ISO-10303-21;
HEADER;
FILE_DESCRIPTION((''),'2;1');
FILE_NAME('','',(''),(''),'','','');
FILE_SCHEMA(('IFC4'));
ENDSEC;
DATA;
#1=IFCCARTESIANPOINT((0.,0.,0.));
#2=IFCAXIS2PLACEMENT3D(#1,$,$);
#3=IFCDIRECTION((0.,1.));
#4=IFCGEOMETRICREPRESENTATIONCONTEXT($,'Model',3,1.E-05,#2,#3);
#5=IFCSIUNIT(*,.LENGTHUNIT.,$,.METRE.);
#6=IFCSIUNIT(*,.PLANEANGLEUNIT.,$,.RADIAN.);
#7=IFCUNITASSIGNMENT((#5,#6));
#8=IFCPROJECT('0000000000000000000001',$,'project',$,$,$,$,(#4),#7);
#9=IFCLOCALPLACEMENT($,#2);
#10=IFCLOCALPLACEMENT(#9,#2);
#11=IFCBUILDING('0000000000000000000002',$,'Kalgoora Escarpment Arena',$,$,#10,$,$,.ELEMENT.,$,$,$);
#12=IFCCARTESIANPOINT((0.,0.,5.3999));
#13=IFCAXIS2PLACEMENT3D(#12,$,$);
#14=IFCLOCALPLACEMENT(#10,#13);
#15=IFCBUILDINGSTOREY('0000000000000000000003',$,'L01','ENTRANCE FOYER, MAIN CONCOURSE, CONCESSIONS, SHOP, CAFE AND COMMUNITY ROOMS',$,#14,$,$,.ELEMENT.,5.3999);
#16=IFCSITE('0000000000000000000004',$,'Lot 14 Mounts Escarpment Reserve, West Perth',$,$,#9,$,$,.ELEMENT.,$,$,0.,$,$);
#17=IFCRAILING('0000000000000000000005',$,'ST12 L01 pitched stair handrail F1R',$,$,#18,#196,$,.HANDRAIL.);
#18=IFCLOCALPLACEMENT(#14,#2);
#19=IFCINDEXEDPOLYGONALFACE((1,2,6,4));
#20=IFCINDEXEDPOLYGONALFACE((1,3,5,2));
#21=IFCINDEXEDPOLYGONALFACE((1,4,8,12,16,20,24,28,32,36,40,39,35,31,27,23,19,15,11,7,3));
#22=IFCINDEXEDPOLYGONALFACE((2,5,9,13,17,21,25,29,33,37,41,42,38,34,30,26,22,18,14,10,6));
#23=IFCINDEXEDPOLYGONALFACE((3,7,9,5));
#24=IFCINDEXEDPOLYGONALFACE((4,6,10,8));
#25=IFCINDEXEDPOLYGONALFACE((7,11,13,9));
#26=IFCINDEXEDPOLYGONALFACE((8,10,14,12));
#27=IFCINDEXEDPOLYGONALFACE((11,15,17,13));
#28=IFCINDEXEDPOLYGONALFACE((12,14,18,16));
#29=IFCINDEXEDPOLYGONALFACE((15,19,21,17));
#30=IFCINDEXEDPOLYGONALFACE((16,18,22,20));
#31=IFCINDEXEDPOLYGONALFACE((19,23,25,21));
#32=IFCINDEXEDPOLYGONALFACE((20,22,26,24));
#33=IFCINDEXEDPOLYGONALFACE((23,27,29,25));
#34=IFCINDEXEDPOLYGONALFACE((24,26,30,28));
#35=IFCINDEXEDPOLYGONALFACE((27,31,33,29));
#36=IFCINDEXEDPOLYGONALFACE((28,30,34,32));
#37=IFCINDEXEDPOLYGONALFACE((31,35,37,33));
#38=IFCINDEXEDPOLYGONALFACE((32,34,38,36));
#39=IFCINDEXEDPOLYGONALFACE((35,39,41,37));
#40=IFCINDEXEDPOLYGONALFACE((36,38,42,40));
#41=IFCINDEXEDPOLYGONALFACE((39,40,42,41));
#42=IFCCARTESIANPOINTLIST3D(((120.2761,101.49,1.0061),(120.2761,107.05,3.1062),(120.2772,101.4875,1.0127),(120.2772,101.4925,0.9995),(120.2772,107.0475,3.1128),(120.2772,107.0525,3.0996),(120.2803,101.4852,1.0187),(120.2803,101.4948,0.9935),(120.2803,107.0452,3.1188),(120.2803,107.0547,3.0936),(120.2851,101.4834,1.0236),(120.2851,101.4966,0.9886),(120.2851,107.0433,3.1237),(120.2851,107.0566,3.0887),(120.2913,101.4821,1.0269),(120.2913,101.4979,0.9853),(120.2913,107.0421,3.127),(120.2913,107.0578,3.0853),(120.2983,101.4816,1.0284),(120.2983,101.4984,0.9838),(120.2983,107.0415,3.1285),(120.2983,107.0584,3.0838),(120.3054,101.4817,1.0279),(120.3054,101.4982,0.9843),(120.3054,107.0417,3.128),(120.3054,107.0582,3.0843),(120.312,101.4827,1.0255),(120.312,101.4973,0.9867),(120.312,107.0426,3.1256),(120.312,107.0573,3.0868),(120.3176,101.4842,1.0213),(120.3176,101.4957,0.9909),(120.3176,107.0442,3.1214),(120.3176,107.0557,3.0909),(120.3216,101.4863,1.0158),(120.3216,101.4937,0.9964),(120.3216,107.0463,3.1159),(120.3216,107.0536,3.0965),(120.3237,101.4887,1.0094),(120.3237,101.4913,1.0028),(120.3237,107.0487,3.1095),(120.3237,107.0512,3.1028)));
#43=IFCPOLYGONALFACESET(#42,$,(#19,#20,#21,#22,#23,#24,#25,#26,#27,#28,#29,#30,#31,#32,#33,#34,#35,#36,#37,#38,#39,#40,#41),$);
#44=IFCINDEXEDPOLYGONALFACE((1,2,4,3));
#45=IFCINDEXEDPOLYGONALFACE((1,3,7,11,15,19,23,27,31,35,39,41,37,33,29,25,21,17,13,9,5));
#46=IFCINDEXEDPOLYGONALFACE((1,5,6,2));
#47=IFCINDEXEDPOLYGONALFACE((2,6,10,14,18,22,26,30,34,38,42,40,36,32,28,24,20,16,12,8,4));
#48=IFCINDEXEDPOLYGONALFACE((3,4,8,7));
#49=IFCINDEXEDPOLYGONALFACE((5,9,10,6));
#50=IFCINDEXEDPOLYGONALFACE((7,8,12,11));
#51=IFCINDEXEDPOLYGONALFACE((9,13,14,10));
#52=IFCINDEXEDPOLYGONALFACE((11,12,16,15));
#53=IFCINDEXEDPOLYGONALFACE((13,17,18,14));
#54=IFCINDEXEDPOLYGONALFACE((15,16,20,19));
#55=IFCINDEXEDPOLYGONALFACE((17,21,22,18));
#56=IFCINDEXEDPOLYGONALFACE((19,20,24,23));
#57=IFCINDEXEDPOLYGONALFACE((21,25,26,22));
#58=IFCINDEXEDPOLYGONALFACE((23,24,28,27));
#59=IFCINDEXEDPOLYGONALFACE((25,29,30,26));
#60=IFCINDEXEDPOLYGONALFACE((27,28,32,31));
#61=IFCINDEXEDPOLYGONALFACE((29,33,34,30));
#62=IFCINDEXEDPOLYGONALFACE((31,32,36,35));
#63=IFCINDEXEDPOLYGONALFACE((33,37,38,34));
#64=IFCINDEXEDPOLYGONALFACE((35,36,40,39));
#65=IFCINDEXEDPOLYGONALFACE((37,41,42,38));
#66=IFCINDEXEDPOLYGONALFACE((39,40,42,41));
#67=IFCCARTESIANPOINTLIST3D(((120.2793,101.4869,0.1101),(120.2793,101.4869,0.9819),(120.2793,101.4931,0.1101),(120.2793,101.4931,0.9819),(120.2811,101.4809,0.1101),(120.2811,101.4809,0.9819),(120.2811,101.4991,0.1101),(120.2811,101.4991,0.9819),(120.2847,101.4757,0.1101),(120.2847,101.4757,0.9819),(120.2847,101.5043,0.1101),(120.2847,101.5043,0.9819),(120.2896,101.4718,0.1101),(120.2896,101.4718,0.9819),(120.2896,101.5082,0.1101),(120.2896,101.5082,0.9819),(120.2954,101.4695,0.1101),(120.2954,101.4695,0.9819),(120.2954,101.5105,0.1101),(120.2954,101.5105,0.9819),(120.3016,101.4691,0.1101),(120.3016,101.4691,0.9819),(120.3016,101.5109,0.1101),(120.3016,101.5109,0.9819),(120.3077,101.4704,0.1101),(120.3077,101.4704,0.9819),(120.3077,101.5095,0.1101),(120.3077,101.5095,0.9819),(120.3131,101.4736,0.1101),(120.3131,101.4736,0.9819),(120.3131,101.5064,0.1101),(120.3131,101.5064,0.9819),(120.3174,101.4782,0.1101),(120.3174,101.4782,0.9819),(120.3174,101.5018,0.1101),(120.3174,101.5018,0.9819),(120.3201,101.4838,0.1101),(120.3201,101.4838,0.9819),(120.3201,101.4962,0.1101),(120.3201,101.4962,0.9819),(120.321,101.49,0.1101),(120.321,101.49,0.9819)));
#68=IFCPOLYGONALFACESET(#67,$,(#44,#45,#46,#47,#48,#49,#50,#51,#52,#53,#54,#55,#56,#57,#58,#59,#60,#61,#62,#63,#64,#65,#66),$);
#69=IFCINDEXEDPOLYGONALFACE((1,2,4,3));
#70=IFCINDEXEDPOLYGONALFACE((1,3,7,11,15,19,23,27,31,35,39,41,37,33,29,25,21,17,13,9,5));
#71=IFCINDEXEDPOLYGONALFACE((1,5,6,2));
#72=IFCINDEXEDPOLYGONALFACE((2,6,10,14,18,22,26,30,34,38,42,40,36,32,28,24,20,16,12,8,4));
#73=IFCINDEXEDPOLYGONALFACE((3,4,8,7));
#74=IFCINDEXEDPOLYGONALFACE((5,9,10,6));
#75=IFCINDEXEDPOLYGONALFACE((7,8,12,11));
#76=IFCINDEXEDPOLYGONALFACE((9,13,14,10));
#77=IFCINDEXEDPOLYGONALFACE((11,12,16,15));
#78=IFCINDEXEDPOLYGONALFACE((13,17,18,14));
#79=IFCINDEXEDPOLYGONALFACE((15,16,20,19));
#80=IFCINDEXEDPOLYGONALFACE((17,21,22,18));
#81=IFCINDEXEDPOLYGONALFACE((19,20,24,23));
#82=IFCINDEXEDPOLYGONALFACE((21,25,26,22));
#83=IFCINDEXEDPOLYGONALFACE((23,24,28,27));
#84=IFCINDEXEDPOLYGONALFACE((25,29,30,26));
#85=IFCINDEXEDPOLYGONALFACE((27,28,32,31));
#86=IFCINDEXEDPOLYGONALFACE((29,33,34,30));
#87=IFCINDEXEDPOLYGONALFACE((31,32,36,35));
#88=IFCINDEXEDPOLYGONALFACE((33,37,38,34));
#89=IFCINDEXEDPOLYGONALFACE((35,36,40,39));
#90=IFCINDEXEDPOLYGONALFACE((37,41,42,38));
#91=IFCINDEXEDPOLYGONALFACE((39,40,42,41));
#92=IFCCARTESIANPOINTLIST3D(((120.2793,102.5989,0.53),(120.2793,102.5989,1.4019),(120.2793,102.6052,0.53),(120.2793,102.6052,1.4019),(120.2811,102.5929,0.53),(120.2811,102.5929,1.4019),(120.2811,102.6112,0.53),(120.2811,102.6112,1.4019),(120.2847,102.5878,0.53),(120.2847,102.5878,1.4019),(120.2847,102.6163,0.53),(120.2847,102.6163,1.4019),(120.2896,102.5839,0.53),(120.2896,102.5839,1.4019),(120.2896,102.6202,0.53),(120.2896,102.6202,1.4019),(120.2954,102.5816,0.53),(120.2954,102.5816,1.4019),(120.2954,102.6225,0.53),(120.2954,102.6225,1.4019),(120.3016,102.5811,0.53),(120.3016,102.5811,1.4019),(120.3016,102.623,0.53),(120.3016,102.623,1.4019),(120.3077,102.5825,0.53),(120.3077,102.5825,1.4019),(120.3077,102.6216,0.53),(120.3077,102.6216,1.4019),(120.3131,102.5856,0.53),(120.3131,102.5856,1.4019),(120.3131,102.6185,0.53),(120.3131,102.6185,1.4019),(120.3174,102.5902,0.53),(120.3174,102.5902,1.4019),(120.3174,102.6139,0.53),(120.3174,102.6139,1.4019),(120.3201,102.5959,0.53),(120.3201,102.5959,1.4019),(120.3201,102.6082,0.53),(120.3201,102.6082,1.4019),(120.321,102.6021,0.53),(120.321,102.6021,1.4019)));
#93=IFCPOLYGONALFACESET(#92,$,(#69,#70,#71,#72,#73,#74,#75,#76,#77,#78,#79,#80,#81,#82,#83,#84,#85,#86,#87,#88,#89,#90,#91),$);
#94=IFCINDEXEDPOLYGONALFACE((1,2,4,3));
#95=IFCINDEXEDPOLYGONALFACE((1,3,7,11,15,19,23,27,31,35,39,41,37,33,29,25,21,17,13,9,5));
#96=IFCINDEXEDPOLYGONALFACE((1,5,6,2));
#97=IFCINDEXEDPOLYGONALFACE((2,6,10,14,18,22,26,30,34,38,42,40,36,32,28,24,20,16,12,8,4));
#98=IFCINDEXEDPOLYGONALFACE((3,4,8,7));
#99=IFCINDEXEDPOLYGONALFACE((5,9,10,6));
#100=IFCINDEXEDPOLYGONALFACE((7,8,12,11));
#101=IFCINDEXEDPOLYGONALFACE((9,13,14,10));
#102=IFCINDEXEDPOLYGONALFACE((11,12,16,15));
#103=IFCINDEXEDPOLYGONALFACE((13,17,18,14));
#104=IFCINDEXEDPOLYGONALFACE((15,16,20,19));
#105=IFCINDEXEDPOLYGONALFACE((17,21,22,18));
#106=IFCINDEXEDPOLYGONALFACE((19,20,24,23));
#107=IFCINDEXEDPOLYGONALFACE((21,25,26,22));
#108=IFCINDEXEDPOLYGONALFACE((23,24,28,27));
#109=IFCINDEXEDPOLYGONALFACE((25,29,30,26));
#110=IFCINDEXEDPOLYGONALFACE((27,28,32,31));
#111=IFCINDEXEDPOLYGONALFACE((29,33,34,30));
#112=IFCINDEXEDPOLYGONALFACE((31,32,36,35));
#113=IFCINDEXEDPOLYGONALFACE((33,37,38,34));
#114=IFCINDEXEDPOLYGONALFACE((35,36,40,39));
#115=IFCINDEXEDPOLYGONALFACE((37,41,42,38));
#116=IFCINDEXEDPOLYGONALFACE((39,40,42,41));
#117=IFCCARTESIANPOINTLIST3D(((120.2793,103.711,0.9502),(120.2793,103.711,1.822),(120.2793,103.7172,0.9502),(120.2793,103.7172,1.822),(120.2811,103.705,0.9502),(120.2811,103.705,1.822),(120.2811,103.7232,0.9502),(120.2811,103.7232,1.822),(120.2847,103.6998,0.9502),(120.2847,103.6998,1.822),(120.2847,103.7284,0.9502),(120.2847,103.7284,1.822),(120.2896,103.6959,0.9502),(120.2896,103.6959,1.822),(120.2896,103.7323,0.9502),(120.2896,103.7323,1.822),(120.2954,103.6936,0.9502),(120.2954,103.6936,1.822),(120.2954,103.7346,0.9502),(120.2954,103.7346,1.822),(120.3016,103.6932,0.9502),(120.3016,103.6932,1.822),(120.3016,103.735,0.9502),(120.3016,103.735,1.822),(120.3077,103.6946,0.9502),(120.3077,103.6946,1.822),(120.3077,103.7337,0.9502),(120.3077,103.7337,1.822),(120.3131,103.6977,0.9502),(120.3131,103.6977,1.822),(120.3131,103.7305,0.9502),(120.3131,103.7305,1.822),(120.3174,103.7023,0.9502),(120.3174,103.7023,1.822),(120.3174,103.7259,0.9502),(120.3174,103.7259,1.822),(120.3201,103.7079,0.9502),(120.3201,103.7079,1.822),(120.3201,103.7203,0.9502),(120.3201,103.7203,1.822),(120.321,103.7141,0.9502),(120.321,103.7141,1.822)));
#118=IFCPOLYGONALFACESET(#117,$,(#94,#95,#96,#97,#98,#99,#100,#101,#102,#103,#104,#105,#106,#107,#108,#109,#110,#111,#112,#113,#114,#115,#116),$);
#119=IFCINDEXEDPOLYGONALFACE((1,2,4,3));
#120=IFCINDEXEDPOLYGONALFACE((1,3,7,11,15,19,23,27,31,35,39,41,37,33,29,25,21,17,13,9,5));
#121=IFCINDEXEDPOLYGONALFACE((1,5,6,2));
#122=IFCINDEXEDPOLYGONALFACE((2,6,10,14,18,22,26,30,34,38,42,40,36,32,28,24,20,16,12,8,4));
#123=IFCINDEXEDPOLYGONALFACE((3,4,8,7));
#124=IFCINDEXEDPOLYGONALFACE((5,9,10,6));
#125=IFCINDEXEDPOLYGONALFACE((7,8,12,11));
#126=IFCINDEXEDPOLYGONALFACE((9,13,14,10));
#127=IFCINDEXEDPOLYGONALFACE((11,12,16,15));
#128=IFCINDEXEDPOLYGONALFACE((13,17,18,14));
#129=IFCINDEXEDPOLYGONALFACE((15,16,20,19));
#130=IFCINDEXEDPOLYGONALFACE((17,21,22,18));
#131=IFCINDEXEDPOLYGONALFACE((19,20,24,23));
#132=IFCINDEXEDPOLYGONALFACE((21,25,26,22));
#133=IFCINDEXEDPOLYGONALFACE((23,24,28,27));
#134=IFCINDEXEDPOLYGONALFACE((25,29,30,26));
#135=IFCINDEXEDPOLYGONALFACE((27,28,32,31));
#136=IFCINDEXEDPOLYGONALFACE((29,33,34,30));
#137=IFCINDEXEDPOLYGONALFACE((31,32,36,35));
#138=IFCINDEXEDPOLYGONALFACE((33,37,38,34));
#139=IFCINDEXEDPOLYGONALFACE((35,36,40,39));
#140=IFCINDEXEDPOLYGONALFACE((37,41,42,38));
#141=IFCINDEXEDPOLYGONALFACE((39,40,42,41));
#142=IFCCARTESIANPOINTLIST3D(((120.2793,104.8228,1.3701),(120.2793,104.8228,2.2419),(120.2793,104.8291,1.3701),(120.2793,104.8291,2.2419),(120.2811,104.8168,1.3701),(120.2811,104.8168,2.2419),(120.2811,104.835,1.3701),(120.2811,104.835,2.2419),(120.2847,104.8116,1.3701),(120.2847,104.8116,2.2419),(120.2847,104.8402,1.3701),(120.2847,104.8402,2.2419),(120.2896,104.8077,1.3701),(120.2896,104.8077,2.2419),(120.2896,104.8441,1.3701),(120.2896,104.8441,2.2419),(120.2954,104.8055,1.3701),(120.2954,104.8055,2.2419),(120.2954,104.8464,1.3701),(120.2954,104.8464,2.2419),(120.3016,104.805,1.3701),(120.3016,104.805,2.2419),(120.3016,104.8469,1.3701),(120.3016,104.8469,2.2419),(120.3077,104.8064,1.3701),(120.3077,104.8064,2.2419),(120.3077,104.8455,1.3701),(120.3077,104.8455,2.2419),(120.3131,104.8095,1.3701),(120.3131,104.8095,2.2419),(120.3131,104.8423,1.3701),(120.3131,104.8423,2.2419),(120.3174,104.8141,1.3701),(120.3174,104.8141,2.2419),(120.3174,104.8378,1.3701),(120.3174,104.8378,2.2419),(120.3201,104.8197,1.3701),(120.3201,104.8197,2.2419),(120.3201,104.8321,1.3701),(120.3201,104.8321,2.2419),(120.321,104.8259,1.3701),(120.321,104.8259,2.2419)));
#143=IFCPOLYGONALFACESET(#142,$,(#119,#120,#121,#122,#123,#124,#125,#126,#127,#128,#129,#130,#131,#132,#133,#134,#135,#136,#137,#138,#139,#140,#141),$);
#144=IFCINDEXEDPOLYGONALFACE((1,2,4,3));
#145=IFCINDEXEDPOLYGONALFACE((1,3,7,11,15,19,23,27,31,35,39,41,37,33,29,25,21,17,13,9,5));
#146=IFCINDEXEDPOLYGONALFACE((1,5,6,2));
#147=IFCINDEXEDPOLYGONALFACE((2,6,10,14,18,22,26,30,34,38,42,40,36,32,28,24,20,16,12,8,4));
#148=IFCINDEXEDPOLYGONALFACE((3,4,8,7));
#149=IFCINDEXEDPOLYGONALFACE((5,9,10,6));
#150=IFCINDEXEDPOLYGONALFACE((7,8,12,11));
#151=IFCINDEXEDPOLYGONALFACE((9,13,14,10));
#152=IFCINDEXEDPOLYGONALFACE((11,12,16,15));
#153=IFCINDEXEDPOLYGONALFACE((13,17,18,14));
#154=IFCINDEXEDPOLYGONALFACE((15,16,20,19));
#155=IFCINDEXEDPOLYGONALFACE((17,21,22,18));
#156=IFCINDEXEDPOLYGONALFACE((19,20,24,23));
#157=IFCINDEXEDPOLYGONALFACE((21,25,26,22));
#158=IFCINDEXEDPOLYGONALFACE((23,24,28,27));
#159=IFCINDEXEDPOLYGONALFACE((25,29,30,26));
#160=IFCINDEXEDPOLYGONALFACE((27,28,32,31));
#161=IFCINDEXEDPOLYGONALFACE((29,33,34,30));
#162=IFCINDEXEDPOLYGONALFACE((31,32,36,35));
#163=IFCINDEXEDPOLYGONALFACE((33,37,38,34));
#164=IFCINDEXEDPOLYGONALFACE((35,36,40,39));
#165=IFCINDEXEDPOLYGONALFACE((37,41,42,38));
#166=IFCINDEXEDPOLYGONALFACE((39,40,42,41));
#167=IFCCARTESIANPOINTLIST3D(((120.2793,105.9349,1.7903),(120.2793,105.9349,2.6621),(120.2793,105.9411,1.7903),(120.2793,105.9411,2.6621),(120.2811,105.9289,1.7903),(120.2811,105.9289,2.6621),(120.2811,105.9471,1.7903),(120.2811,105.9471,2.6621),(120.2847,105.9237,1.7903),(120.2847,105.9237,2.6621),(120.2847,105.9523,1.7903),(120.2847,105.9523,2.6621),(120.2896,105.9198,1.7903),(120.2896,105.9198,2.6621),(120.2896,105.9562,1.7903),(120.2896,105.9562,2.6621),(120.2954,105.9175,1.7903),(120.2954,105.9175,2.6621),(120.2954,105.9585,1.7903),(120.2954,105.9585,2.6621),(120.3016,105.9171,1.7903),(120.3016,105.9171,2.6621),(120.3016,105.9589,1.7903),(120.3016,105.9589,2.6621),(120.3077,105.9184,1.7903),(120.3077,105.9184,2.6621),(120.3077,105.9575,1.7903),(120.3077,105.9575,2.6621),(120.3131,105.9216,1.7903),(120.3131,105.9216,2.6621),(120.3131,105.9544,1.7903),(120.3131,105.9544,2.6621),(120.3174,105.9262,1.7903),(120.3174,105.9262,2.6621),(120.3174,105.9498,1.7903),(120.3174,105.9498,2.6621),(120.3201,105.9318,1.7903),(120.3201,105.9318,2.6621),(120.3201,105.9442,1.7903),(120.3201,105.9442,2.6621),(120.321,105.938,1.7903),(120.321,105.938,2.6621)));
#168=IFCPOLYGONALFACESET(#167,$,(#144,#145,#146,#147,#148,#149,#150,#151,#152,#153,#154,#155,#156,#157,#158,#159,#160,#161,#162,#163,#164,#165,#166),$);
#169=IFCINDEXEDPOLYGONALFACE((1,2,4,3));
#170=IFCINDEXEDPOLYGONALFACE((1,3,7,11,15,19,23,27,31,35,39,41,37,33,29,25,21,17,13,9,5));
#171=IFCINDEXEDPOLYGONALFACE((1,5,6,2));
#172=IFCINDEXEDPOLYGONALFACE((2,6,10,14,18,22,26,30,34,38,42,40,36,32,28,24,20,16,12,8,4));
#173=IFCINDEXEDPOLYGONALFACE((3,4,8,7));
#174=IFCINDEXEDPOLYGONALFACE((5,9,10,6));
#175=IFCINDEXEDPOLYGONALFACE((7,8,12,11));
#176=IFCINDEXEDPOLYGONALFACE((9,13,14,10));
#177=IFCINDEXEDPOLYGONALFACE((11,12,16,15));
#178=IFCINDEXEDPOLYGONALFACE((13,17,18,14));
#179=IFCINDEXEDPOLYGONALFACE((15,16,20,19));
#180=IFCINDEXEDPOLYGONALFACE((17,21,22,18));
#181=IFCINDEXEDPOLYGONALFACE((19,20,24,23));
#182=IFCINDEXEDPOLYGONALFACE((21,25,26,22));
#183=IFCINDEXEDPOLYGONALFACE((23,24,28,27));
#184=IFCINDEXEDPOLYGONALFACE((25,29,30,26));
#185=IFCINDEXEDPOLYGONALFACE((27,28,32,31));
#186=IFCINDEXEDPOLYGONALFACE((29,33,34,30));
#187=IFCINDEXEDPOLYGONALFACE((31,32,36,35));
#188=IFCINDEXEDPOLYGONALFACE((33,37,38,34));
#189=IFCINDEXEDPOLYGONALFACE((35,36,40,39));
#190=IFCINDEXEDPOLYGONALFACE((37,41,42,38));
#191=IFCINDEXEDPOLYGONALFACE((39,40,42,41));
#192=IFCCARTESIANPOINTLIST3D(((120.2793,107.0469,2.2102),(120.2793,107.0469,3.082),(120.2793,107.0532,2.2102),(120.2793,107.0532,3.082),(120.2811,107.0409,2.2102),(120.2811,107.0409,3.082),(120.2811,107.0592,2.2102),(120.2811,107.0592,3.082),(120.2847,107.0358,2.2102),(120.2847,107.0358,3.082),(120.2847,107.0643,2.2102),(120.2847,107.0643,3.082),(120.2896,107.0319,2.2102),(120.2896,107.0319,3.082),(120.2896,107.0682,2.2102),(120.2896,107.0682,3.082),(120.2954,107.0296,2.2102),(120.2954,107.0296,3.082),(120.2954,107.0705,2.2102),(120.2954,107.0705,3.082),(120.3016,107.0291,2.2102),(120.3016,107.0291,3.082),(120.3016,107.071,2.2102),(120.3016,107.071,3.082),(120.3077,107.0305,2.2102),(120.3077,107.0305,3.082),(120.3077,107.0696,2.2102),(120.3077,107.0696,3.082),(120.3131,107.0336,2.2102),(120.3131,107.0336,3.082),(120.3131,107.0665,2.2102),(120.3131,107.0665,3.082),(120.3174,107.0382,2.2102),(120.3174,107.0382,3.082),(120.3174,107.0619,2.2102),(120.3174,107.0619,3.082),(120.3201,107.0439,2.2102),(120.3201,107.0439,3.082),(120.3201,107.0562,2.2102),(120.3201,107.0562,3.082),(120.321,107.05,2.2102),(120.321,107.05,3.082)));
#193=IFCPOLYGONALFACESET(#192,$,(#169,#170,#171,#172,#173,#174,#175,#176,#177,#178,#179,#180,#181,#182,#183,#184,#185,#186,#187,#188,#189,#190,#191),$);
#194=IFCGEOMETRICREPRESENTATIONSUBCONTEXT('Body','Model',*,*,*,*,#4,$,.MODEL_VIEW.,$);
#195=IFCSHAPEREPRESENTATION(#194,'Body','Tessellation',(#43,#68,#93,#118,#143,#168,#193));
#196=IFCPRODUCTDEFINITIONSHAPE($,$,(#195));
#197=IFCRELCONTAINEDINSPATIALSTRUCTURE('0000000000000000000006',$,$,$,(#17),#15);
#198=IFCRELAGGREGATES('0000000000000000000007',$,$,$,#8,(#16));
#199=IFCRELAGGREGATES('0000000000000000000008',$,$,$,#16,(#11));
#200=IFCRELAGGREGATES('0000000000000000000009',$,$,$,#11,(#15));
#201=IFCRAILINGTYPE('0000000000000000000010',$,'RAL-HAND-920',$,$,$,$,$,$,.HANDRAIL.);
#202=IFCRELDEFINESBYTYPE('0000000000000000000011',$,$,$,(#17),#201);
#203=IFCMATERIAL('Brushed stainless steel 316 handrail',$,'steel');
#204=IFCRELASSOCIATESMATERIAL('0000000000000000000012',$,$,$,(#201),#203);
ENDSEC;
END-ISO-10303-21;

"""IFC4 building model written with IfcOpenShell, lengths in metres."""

from ifc_helpers import new_model, si_unit, direction, frame, origin, origin_2d, place, context, subcontext, project, spatial, circle, extrude, material, type_object, element, save


model = new_model("IFC4")

# Units and contexts
model_context = context("Model", 3, precision=1e-05, world=origin(), true_north=direction((0.0, 1.0)))
body_context = subcontext(model_context, "Body", "Model", "MODEL_VIEW")
ifc_project = project(units=[si_unit("LENGTHUNIT", "METRE"), si_unit("PLANEANGLEUNIT", "RADIAN")], contexts=[model_context])

# Site, building, storey
site_placement = place(None, origin())
site = spatial("IfcSite", under=ifc_project, at=site_placement, Name="Lot 14 Mounts Escarpment Reserve, West Perth", CompositionType="ELEMENT", RefElevation=0.0)
building_placement = place(site_placement, origin())
building = spatial("IfcBuilding", under=site, at=building_placement, Name="Kalgoora Escarpment Arena", CompositionType="ELEMENT")
storey_placement = place(building_placement, frame((0.0, 0.0, 5.3999)))
storey = spatial("IfcBuildingStorey", under=building, at=storey_placement, Name="L01", Description="ENTRANCE FOYER, MAIN CONCOURSE, CONCESSIONS, SHOP, CAFE AND COMMUNITY ROOMS", CompositionType="ELEMENT", Elevation=5.3999)

# Railing
ifc_material_1 = material(Name="Brushed stainless steel 316 handrail", Category="steel")
railing_type_1 = type_object("IfcRailingType", Name="RAL-HAND-920", PredefinedType="HANDRAIL", material=ifc_material_1)
railing_1_placement = place(storey_placement, frame((120.3, 101.49, 0.1101)))
element("IfcRailing", 1, at=railing_1_placement, inside=storey, type_object=railing_type_1, Name="ST12 L01 pitched stair handrail F1R", PredefinedType="HANDRAIL", context=body_context, shape_type="SweptSolid", body=[
    extrude(circle(Radius=0.0239, at=origin_2d()), frame((0.0, 0.0, 0.896), z_axis=(0.0, 0.935493, 0.353346), x_axis=(-1.0, 0.0, 0.0)), (0.0, 0.0, 1.0), 5.9434),
    extrude(circle(Radius=0.021, at=origin_2d()), origin(), (0.0, 0.0, 1.0), 0.8718),
    extrude(circle(Radius=0.021, at=origin_2d()), frame((0.0, 1.1121, 0.4199)), (0.0, 0.0, 1.0), 0.8718),
    extrude(circle(Radius=0.021, at=origin_2d()), frame((0.0, 2.2241, 0.8401)), (0.0, 0.0, 1.0), 0.8718),
    extrude(circle(Radius=0.021, at=origin_2d()), frame((0.0, 3.3359, 1.26)), (0.0, 0.0, 1.0), 0.8718),
    extrude(circle(Radius=0.021, at=origin_2d()), frame((0.0, 4.448, 1.6802)), (0.0, 0.0, 1.0), 0.8718),
    extrude(circle(Radius=0.021, at=origin_2d()), frame((0.0, 5.5601, 2.1001)), (0.0, 0.0, 1.0), 0.8718),
])

save(model, "model.ifc")
